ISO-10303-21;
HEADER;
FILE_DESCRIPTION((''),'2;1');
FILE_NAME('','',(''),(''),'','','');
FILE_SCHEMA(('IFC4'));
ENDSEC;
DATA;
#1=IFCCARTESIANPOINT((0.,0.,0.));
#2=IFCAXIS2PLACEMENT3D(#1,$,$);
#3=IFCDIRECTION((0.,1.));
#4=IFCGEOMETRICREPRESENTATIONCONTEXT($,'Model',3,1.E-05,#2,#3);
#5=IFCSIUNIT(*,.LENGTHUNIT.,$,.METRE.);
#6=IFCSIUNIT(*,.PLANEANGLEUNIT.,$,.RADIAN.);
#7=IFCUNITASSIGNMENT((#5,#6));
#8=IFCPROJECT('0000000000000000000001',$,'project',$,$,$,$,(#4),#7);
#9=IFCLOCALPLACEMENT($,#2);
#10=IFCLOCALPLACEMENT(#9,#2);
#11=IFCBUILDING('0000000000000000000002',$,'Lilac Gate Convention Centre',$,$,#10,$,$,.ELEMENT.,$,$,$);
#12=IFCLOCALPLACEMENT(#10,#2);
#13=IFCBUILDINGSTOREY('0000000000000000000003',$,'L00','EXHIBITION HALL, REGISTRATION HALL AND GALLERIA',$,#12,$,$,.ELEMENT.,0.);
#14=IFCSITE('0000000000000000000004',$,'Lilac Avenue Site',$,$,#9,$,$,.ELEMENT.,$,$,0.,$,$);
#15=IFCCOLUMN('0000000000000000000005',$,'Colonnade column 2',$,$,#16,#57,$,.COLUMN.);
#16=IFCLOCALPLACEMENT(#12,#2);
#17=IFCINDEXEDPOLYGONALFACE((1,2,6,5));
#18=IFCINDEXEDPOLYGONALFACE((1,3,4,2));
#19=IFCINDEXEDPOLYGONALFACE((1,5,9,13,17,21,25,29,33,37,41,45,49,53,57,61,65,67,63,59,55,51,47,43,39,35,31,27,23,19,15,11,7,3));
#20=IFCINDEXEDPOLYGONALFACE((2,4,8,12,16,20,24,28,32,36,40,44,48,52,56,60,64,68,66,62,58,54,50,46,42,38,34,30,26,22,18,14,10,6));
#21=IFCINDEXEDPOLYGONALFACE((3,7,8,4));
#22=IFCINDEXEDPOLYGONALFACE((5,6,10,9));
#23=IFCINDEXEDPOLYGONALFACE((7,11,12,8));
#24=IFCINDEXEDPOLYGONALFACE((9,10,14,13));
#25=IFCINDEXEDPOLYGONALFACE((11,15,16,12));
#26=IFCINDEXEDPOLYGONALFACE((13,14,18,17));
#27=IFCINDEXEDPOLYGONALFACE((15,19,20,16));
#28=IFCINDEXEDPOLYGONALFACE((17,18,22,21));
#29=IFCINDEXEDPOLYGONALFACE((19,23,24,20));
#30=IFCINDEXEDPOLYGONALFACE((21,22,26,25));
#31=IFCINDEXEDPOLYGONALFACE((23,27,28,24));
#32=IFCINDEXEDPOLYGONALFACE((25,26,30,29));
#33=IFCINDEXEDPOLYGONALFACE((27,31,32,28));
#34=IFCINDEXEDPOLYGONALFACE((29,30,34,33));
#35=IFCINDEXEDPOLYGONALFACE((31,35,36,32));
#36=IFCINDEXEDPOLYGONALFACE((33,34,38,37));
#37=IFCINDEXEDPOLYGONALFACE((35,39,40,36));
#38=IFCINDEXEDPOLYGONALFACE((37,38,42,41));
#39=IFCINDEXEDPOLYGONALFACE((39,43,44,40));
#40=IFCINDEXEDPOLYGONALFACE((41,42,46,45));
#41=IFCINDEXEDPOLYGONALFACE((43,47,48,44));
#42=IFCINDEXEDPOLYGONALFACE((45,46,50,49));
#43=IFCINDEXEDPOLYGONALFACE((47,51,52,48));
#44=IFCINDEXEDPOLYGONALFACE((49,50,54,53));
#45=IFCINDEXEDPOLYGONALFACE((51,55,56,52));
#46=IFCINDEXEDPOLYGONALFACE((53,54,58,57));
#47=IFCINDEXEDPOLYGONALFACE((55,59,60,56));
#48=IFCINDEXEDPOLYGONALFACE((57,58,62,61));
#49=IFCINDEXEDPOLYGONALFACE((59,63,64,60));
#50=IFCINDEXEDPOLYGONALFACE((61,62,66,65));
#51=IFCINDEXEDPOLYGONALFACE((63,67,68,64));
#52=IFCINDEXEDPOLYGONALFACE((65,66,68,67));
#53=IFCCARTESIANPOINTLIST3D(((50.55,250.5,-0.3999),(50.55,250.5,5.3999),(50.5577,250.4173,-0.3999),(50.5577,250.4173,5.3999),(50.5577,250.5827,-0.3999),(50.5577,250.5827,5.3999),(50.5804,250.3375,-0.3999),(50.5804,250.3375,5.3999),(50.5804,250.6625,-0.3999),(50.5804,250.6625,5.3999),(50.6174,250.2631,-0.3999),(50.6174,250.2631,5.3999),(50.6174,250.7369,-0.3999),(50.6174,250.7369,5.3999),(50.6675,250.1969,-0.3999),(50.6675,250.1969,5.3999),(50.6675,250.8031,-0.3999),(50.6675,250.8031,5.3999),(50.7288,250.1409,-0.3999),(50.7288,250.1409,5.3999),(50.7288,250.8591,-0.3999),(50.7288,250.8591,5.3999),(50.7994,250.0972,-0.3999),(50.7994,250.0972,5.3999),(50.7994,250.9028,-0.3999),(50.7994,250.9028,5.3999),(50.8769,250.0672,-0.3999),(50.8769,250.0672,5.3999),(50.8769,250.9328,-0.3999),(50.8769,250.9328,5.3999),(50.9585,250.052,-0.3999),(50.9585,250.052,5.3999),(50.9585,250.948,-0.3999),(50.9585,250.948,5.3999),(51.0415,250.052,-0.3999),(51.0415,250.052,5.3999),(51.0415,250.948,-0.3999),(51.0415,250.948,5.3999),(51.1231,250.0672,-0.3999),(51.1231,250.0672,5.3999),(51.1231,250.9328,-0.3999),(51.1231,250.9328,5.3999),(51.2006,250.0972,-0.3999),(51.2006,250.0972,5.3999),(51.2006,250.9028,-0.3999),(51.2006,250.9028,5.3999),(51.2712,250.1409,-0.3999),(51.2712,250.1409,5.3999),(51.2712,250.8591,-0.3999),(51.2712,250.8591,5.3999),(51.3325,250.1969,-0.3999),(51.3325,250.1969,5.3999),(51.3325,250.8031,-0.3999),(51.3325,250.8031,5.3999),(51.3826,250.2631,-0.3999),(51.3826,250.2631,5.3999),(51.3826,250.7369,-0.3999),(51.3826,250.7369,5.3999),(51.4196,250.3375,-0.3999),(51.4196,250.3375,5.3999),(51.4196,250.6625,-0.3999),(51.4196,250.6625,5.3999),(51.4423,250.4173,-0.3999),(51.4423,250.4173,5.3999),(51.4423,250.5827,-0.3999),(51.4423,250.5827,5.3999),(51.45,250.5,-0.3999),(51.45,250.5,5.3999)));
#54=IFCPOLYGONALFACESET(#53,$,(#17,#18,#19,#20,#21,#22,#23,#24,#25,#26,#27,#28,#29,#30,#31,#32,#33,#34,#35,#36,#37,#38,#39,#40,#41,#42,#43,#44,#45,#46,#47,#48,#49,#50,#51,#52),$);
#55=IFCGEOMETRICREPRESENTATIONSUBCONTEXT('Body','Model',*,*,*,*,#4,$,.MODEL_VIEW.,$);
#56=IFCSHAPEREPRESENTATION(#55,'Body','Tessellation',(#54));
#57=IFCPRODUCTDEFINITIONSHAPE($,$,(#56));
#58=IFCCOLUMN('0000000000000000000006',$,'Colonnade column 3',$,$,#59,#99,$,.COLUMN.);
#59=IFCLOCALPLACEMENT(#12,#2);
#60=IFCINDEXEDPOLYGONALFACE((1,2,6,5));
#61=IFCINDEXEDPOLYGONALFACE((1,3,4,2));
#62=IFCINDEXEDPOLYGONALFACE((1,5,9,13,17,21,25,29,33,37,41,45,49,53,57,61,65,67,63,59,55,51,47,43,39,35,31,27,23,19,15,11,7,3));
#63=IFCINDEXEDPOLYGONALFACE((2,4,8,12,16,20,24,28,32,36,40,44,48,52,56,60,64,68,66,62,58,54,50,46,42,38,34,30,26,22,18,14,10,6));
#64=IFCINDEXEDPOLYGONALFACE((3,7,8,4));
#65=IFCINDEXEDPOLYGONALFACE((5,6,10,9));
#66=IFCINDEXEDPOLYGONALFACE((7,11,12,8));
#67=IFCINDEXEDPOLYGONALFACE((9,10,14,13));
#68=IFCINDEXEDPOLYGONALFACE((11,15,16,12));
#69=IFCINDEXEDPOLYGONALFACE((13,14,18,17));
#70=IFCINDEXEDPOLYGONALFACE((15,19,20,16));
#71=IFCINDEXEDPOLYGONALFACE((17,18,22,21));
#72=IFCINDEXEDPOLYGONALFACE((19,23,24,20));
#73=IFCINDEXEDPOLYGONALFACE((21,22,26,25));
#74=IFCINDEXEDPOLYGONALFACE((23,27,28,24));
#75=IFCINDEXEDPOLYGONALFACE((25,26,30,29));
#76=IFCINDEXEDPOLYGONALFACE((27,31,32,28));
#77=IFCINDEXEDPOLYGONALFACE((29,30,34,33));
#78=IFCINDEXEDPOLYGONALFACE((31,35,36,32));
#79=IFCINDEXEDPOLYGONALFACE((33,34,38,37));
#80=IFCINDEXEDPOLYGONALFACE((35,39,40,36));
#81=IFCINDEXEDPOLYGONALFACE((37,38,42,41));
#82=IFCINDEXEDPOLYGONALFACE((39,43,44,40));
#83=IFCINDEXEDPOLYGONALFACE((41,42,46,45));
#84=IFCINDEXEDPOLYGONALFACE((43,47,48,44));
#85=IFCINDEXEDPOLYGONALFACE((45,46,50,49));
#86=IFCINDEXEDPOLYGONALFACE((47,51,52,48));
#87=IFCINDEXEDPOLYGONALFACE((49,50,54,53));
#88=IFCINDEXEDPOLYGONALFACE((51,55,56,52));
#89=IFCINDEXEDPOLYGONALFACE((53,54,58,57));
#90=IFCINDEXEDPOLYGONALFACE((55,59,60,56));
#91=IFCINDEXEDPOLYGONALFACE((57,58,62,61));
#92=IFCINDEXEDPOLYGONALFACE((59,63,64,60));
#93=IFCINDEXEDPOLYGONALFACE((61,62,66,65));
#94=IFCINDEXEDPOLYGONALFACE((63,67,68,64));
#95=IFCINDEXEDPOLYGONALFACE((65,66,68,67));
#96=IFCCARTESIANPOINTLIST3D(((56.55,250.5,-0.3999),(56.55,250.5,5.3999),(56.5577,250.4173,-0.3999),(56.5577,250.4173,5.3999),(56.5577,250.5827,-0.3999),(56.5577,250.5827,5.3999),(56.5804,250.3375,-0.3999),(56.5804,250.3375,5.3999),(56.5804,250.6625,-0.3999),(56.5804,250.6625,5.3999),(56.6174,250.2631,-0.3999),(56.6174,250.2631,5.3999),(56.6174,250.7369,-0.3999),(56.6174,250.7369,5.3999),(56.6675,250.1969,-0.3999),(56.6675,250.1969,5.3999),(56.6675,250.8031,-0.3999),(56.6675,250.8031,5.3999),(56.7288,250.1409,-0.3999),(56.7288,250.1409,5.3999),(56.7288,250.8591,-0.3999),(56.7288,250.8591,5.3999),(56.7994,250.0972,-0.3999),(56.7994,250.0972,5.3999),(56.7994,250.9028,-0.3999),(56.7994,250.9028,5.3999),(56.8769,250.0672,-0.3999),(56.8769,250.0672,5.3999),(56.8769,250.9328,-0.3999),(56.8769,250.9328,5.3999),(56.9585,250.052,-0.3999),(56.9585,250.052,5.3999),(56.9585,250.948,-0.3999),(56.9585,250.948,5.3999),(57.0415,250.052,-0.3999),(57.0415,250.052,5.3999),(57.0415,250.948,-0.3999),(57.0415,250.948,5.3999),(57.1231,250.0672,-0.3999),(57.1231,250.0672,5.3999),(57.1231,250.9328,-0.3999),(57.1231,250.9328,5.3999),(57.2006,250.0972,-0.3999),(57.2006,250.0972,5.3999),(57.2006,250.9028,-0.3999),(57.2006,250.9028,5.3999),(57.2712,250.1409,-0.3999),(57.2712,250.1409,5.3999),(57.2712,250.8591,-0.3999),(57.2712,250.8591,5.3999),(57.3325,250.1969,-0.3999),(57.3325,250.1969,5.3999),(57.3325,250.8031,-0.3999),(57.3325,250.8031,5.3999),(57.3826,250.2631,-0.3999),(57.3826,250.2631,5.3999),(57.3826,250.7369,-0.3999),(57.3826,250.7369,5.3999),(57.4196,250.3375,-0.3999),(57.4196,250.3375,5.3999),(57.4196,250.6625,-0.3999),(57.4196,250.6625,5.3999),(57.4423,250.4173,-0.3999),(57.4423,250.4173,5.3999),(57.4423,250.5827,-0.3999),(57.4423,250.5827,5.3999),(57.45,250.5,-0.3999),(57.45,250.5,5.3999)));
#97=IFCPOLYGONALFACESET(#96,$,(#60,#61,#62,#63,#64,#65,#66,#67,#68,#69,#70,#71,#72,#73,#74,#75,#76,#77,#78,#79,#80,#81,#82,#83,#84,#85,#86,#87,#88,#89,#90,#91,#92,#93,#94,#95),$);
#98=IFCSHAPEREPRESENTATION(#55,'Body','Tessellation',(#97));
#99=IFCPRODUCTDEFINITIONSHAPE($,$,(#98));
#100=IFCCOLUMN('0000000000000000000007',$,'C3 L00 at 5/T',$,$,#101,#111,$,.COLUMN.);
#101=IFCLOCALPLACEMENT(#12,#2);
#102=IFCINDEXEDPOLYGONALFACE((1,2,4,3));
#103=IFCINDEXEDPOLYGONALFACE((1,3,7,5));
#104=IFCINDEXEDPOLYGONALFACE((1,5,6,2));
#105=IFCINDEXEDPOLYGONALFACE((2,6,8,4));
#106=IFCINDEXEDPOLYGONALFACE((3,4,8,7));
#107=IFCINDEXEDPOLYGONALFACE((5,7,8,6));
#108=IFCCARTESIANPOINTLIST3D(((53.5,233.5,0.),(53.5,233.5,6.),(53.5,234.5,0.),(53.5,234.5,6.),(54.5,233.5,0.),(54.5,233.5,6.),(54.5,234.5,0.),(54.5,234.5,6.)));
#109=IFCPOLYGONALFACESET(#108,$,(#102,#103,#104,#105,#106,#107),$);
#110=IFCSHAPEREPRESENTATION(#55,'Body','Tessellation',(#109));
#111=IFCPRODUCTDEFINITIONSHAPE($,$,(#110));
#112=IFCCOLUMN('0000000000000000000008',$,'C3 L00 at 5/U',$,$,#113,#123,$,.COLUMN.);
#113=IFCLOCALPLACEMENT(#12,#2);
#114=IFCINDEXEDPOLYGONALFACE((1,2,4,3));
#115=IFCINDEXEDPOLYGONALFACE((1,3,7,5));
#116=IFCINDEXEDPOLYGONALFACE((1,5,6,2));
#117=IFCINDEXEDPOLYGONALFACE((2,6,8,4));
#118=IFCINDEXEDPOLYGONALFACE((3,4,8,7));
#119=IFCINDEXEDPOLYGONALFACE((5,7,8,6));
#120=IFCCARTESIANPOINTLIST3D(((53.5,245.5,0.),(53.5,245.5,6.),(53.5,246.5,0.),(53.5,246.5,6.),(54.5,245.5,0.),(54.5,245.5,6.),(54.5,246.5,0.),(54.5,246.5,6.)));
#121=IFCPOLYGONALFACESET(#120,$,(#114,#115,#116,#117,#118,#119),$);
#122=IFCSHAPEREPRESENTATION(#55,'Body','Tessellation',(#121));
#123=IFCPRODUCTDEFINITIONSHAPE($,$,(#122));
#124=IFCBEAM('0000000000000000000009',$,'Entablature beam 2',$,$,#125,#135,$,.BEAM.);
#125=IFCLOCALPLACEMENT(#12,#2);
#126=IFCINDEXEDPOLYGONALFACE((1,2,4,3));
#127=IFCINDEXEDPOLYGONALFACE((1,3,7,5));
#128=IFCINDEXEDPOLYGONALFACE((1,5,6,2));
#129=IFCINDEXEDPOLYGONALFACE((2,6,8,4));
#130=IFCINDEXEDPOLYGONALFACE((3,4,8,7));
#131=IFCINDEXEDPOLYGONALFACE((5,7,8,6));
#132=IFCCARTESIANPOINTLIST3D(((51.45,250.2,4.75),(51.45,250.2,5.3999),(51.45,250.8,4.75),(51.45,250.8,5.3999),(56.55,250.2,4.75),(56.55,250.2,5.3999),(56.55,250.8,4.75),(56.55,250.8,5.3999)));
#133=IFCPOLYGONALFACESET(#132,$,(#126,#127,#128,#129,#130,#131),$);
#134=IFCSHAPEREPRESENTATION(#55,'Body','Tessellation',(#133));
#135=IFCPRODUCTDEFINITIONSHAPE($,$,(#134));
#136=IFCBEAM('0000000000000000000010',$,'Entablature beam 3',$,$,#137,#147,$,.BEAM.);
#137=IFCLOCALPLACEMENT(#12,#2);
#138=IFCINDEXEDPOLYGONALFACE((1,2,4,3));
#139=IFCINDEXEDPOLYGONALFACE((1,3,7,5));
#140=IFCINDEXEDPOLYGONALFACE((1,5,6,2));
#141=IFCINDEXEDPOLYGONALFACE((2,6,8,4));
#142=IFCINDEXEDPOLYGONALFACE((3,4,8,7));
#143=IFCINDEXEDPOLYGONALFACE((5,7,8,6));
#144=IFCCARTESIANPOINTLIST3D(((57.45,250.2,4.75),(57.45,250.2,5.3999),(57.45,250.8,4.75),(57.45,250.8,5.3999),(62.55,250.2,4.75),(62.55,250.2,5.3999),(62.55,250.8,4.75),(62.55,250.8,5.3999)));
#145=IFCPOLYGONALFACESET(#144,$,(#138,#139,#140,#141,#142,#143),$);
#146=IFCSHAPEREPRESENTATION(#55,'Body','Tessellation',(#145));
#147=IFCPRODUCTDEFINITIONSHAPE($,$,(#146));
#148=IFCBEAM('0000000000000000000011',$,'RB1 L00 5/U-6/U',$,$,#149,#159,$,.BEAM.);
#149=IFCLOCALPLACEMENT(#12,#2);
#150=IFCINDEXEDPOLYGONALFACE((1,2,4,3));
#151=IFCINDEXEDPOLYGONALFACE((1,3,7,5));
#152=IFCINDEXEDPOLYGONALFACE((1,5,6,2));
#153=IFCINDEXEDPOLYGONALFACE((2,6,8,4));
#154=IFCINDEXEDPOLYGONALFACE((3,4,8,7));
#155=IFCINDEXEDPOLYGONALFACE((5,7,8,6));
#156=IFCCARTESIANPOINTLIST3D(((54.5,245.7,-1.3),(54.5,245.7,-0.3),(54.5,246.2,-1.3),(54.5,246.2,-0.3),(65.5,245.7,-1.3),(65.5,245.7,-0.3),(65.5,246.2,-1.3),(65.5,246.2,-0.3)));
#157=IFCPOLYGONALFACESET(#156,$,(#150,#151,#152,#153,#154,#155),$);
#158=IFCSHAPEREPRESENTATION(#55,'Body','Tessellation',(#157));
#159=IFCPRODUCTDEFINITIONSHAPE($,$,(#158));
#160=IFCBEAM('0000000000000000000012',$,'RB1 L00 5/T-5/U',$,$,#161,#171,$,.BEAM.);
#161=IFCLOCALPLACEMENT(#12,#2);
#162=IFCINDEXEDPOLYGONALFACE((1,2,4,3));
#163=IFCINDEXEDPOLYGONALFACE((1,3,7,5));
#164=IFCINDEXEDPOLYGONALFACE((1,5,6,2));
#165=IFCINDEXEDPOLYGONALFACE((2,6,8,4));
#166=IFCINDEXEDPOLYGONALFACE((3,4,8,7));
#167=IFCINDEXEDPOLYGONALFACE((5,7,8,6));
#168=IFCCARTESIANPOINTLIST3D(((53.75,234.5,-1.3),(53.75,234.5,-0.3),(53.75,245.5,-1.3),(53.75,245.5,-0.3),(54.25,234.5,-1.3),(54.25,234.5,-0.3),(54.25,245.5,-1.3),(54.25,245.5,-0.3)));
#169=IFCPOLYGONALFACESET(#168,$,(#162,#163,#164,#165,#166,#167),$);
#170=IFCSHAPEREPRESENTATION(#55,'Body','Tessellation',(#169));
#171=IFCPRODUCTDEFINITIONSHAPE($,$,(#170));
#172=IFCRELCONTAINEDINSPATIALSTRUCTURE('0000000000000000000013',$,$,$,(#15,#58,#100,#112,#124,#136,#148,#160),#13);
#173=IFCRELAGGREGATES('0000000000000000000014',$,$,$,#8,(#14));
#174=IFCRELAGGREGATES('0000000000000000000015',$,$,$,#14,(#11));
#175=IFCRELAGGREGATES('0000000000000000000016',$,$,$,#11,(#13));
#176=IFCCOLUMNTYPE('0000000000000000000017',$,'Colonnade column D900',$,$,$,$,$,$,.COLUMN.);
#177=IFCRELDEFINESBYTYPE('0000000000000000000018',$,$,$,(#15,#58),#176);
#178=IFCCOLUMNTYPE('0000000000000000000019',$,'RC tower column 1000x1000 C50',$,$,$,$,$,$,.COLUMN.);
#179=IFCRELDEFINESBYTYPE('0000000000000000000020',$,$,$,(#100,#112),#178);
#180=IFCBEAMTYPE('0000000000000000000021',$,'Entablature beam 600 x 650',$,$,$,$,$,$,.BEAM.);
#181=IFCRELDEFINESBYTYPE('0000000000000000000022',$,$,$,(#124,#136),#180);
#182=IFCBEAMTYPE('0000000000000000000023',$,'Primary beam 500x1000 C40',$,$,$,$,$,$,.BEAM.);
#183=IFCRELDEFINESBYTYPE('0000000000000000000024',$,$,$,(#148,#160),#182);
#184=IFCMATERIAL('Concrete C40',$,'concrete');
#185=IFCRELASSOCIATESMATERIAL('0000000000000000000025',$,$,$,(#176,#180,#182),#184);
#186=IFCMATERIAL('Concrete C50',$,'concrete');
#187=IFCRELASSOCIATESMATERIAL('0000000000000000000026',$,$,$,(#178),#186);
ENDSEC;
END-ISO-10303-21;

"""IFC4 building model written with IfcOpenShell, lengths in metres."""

from ifc_helpers import new_model, si_unit, direction, frame, origin, origin_2d, place, context, subcontext, project, spatial, rectangle, circle, extrude, material, material_profile, profile_set, type_object, element, save


model = new_model("IFC4")

# Units and contexts
model_context = context("Model", 3, precision=1e-05, world=origin(), true_north=direction((0.0, 1.0)))
body_context = subcontext(model_context, "Body", "Model", "MODEL_VIEW")
ifc_project = project(units=[si_unit("LENGTHUNIT", "METRE"), si_unit("PLANEANGLEUNIT", "RADIAN")], contexts=[model_context])

# Site, building, storey
site_placement = place(None, origin())
site = spatial("IfcSite", under=ifc_project, at=site_placement, Name="Lilac Avenue Site", CompositionType="ELEMENT", RefElevation=0.0)
building_placement = place(site_placement, origin())
building = spatial("IfcBuilding", under=site, at=building_placement, Name="Lilac Gate Convention Centre", CompositionType="ELEMENT")
storey_placement = place(building_placement, origin())
storey = spatial("IfcBuildingStorey", under=building, at=storey_placement, Name="L00", Description="EXHIBITION HALL, REGISTRATION HALL AND GALLERIA", CompositionType="ELEMENT", Elevation=0.0)

# Columns
ifc_material_1 = material(Name="Concrete C40", Category="concrete")
ifc_material_profile_1 = material_profile(ifc_material_1, circle(Radius=0.45, at=origin_2d()), Name="Colonnade column D900")
ifc_profile_set_1 = profile_set([ifc_material_profile_1], Name="Concrete C40")
column_type_1 = type_object("IfcColumnType", Name="Colonnade column D900", PredefinedType="COLUMN", material=ifc_profile_set_1)
for number, where, z_axis, x_axis, name in (
    (1, (51.0, 250.5, -0.3999), (0.0, 0.0, 1.0), (1.0, 0.0, 0.0), "Colonnade column 2"),
    (2, (57.0, 250.5, -0.3999), (0.0, 0.0, 1.0), (1.0, 0.0, 0.0), "Colonnade column 3"),
):
    element("IfcColumn", number, at=place(storey_placement, frame(where, z_axis=z_axis, x_axis=x_axis)), inside=storey, type_object=column_type_1, Name=name, PredefinedType="COLUMN", context=body_context, shape_type="SweptSolid", body=[
        extrude(circle(Radius=0.45, at=origin_2d()), origin(), (0.0, 0.0, 1.0), 5.7998),
    ])
ifc_material_2 = material(Name="Concrete C50", Category="concrete")
ifc_material_profile_2 = material_profile(ifc_material_2, rectangle(XDim=1.0, YDim=1.0, at=origin_2d()), Name="RC 1000x1000")
ifc_profile_set_2 = profile_set([ifc_material_profile_2], Name="Concrete C50")
column_type_2 = type_object("IfcColumnType", Name="RC tower column 1000x1000 C50", PredefinedType="COLUMN", material=ifc_profile_set_2)
for number, where, z_axis, x_axis, name in (
    (3, (54.0, 234.0, 0.0), (0.0, 0.0, 1.0), (1.0, 0.0, 0.0), "C3 L00 at 5/T"),
    (4, (54.0, 246.0, 0.0), (0.0, 0.0, 1.0), (1.0, 0.0, 0.0), "C3 L00 at 5/U"),
):
    element("IfcColumn", number, at=place(storey_placement, frame(where, z_axis=z_axis, x_axis=x_axis)), inside=storey, type_object=column_type_2, Name=name, PredefinedType="COLUMN", context=body_context, shape_type="SweptSolid", body=[
        extrude(rectangle(XDim=1.0, YDim=1.0, at=origin_2d()), origin(), (0.0, 0.0, 1.0), 6.0),
    ])

# Beams
ifc_material_profile_3 = material_profile(ifc_material_1, rectangle(XDim=0.6001, YDim=0.6499, at=origin_2d()), Name="Entablature beam 600 x 650")
ifc_profile_set_3 = profile_set([ifc_material_profile_3], Name="Concrete C40")
beam_type_1 = type_object("IfcBeamType", Name="Entablature beam 600 x 650", PredefinedType="BEAM", material=ifc_profile_set_3)
for number, where, z_axis, x_axis, name in (
    (5, (51.45, 250.5, 5.075), (1.0, 0.0, 0.0), (0.0, 1.0, 0.0), "Entablature beam 2"),
    (6, (57.45, 250.5, 5.075), (1.0, 0.0, 0.0), (0.0, 1.0, 0.0), "Entablature beam 3"),
):
    element("IfcBeam", number, at=place(storey_placement, frame(where, z_axis=z_axis, x_axis=x_axis)), inside=storey, type_object=beam_type_1, Name=name, PredefinedType="BEAM", context=body_context, shape_type="SweptSolid", body=[
        extrude(rectangle(XDim=0.6001, YDim=0.6499, at=origin_2d()), origin(), (0.0, 0.0, 1.0), 5.1001),
    ])
ifc_material_profile_4 = material_profile(ifc_material_1, rectangle(XDim=0.5, YDim=1.0, at=origin_2d()), Name="RC 500x1000")
ifc_profile_set_4 = profile_set([ifc_material_profile_4], Name="Concrete C40")
beam_type_2 = type_object("IfcBeamType", Name="Primary beam 500x1000 C40", PredefinedType="BEAM", material=ifc_profile_set_4)
for number, where, z_axis, x_axis, name in (
    (7, (54.5, 245.95, -0.8), (1.0, 0.0, 0.0), (0.0, 1.0, 0.0), "RB1 L00 5/U-6/U"),
    (8, (54.0, 234.5, -0.8), (0.0, 1.0, 0.0), (-1.0, 0.0, 0.0), "RB1 L00 5/T-5/U"),
):
    element("IfcBeam", number, at=place(storey_placement, frame(where, z_axis=z_axis, x_axis=x_axis)), inside=storey, type_object=beam_type_2, Name=name, PredefinedType="BEAM", context=body_context, shape_type="SweptSolid", body=[
        extrude(rectangle(XDim=0.5, YDim=1.0, at=origin_2d()), origin(), (0.0, 0.0, 1.0), 11.0),
    ])

save(model, "model.ifc")
